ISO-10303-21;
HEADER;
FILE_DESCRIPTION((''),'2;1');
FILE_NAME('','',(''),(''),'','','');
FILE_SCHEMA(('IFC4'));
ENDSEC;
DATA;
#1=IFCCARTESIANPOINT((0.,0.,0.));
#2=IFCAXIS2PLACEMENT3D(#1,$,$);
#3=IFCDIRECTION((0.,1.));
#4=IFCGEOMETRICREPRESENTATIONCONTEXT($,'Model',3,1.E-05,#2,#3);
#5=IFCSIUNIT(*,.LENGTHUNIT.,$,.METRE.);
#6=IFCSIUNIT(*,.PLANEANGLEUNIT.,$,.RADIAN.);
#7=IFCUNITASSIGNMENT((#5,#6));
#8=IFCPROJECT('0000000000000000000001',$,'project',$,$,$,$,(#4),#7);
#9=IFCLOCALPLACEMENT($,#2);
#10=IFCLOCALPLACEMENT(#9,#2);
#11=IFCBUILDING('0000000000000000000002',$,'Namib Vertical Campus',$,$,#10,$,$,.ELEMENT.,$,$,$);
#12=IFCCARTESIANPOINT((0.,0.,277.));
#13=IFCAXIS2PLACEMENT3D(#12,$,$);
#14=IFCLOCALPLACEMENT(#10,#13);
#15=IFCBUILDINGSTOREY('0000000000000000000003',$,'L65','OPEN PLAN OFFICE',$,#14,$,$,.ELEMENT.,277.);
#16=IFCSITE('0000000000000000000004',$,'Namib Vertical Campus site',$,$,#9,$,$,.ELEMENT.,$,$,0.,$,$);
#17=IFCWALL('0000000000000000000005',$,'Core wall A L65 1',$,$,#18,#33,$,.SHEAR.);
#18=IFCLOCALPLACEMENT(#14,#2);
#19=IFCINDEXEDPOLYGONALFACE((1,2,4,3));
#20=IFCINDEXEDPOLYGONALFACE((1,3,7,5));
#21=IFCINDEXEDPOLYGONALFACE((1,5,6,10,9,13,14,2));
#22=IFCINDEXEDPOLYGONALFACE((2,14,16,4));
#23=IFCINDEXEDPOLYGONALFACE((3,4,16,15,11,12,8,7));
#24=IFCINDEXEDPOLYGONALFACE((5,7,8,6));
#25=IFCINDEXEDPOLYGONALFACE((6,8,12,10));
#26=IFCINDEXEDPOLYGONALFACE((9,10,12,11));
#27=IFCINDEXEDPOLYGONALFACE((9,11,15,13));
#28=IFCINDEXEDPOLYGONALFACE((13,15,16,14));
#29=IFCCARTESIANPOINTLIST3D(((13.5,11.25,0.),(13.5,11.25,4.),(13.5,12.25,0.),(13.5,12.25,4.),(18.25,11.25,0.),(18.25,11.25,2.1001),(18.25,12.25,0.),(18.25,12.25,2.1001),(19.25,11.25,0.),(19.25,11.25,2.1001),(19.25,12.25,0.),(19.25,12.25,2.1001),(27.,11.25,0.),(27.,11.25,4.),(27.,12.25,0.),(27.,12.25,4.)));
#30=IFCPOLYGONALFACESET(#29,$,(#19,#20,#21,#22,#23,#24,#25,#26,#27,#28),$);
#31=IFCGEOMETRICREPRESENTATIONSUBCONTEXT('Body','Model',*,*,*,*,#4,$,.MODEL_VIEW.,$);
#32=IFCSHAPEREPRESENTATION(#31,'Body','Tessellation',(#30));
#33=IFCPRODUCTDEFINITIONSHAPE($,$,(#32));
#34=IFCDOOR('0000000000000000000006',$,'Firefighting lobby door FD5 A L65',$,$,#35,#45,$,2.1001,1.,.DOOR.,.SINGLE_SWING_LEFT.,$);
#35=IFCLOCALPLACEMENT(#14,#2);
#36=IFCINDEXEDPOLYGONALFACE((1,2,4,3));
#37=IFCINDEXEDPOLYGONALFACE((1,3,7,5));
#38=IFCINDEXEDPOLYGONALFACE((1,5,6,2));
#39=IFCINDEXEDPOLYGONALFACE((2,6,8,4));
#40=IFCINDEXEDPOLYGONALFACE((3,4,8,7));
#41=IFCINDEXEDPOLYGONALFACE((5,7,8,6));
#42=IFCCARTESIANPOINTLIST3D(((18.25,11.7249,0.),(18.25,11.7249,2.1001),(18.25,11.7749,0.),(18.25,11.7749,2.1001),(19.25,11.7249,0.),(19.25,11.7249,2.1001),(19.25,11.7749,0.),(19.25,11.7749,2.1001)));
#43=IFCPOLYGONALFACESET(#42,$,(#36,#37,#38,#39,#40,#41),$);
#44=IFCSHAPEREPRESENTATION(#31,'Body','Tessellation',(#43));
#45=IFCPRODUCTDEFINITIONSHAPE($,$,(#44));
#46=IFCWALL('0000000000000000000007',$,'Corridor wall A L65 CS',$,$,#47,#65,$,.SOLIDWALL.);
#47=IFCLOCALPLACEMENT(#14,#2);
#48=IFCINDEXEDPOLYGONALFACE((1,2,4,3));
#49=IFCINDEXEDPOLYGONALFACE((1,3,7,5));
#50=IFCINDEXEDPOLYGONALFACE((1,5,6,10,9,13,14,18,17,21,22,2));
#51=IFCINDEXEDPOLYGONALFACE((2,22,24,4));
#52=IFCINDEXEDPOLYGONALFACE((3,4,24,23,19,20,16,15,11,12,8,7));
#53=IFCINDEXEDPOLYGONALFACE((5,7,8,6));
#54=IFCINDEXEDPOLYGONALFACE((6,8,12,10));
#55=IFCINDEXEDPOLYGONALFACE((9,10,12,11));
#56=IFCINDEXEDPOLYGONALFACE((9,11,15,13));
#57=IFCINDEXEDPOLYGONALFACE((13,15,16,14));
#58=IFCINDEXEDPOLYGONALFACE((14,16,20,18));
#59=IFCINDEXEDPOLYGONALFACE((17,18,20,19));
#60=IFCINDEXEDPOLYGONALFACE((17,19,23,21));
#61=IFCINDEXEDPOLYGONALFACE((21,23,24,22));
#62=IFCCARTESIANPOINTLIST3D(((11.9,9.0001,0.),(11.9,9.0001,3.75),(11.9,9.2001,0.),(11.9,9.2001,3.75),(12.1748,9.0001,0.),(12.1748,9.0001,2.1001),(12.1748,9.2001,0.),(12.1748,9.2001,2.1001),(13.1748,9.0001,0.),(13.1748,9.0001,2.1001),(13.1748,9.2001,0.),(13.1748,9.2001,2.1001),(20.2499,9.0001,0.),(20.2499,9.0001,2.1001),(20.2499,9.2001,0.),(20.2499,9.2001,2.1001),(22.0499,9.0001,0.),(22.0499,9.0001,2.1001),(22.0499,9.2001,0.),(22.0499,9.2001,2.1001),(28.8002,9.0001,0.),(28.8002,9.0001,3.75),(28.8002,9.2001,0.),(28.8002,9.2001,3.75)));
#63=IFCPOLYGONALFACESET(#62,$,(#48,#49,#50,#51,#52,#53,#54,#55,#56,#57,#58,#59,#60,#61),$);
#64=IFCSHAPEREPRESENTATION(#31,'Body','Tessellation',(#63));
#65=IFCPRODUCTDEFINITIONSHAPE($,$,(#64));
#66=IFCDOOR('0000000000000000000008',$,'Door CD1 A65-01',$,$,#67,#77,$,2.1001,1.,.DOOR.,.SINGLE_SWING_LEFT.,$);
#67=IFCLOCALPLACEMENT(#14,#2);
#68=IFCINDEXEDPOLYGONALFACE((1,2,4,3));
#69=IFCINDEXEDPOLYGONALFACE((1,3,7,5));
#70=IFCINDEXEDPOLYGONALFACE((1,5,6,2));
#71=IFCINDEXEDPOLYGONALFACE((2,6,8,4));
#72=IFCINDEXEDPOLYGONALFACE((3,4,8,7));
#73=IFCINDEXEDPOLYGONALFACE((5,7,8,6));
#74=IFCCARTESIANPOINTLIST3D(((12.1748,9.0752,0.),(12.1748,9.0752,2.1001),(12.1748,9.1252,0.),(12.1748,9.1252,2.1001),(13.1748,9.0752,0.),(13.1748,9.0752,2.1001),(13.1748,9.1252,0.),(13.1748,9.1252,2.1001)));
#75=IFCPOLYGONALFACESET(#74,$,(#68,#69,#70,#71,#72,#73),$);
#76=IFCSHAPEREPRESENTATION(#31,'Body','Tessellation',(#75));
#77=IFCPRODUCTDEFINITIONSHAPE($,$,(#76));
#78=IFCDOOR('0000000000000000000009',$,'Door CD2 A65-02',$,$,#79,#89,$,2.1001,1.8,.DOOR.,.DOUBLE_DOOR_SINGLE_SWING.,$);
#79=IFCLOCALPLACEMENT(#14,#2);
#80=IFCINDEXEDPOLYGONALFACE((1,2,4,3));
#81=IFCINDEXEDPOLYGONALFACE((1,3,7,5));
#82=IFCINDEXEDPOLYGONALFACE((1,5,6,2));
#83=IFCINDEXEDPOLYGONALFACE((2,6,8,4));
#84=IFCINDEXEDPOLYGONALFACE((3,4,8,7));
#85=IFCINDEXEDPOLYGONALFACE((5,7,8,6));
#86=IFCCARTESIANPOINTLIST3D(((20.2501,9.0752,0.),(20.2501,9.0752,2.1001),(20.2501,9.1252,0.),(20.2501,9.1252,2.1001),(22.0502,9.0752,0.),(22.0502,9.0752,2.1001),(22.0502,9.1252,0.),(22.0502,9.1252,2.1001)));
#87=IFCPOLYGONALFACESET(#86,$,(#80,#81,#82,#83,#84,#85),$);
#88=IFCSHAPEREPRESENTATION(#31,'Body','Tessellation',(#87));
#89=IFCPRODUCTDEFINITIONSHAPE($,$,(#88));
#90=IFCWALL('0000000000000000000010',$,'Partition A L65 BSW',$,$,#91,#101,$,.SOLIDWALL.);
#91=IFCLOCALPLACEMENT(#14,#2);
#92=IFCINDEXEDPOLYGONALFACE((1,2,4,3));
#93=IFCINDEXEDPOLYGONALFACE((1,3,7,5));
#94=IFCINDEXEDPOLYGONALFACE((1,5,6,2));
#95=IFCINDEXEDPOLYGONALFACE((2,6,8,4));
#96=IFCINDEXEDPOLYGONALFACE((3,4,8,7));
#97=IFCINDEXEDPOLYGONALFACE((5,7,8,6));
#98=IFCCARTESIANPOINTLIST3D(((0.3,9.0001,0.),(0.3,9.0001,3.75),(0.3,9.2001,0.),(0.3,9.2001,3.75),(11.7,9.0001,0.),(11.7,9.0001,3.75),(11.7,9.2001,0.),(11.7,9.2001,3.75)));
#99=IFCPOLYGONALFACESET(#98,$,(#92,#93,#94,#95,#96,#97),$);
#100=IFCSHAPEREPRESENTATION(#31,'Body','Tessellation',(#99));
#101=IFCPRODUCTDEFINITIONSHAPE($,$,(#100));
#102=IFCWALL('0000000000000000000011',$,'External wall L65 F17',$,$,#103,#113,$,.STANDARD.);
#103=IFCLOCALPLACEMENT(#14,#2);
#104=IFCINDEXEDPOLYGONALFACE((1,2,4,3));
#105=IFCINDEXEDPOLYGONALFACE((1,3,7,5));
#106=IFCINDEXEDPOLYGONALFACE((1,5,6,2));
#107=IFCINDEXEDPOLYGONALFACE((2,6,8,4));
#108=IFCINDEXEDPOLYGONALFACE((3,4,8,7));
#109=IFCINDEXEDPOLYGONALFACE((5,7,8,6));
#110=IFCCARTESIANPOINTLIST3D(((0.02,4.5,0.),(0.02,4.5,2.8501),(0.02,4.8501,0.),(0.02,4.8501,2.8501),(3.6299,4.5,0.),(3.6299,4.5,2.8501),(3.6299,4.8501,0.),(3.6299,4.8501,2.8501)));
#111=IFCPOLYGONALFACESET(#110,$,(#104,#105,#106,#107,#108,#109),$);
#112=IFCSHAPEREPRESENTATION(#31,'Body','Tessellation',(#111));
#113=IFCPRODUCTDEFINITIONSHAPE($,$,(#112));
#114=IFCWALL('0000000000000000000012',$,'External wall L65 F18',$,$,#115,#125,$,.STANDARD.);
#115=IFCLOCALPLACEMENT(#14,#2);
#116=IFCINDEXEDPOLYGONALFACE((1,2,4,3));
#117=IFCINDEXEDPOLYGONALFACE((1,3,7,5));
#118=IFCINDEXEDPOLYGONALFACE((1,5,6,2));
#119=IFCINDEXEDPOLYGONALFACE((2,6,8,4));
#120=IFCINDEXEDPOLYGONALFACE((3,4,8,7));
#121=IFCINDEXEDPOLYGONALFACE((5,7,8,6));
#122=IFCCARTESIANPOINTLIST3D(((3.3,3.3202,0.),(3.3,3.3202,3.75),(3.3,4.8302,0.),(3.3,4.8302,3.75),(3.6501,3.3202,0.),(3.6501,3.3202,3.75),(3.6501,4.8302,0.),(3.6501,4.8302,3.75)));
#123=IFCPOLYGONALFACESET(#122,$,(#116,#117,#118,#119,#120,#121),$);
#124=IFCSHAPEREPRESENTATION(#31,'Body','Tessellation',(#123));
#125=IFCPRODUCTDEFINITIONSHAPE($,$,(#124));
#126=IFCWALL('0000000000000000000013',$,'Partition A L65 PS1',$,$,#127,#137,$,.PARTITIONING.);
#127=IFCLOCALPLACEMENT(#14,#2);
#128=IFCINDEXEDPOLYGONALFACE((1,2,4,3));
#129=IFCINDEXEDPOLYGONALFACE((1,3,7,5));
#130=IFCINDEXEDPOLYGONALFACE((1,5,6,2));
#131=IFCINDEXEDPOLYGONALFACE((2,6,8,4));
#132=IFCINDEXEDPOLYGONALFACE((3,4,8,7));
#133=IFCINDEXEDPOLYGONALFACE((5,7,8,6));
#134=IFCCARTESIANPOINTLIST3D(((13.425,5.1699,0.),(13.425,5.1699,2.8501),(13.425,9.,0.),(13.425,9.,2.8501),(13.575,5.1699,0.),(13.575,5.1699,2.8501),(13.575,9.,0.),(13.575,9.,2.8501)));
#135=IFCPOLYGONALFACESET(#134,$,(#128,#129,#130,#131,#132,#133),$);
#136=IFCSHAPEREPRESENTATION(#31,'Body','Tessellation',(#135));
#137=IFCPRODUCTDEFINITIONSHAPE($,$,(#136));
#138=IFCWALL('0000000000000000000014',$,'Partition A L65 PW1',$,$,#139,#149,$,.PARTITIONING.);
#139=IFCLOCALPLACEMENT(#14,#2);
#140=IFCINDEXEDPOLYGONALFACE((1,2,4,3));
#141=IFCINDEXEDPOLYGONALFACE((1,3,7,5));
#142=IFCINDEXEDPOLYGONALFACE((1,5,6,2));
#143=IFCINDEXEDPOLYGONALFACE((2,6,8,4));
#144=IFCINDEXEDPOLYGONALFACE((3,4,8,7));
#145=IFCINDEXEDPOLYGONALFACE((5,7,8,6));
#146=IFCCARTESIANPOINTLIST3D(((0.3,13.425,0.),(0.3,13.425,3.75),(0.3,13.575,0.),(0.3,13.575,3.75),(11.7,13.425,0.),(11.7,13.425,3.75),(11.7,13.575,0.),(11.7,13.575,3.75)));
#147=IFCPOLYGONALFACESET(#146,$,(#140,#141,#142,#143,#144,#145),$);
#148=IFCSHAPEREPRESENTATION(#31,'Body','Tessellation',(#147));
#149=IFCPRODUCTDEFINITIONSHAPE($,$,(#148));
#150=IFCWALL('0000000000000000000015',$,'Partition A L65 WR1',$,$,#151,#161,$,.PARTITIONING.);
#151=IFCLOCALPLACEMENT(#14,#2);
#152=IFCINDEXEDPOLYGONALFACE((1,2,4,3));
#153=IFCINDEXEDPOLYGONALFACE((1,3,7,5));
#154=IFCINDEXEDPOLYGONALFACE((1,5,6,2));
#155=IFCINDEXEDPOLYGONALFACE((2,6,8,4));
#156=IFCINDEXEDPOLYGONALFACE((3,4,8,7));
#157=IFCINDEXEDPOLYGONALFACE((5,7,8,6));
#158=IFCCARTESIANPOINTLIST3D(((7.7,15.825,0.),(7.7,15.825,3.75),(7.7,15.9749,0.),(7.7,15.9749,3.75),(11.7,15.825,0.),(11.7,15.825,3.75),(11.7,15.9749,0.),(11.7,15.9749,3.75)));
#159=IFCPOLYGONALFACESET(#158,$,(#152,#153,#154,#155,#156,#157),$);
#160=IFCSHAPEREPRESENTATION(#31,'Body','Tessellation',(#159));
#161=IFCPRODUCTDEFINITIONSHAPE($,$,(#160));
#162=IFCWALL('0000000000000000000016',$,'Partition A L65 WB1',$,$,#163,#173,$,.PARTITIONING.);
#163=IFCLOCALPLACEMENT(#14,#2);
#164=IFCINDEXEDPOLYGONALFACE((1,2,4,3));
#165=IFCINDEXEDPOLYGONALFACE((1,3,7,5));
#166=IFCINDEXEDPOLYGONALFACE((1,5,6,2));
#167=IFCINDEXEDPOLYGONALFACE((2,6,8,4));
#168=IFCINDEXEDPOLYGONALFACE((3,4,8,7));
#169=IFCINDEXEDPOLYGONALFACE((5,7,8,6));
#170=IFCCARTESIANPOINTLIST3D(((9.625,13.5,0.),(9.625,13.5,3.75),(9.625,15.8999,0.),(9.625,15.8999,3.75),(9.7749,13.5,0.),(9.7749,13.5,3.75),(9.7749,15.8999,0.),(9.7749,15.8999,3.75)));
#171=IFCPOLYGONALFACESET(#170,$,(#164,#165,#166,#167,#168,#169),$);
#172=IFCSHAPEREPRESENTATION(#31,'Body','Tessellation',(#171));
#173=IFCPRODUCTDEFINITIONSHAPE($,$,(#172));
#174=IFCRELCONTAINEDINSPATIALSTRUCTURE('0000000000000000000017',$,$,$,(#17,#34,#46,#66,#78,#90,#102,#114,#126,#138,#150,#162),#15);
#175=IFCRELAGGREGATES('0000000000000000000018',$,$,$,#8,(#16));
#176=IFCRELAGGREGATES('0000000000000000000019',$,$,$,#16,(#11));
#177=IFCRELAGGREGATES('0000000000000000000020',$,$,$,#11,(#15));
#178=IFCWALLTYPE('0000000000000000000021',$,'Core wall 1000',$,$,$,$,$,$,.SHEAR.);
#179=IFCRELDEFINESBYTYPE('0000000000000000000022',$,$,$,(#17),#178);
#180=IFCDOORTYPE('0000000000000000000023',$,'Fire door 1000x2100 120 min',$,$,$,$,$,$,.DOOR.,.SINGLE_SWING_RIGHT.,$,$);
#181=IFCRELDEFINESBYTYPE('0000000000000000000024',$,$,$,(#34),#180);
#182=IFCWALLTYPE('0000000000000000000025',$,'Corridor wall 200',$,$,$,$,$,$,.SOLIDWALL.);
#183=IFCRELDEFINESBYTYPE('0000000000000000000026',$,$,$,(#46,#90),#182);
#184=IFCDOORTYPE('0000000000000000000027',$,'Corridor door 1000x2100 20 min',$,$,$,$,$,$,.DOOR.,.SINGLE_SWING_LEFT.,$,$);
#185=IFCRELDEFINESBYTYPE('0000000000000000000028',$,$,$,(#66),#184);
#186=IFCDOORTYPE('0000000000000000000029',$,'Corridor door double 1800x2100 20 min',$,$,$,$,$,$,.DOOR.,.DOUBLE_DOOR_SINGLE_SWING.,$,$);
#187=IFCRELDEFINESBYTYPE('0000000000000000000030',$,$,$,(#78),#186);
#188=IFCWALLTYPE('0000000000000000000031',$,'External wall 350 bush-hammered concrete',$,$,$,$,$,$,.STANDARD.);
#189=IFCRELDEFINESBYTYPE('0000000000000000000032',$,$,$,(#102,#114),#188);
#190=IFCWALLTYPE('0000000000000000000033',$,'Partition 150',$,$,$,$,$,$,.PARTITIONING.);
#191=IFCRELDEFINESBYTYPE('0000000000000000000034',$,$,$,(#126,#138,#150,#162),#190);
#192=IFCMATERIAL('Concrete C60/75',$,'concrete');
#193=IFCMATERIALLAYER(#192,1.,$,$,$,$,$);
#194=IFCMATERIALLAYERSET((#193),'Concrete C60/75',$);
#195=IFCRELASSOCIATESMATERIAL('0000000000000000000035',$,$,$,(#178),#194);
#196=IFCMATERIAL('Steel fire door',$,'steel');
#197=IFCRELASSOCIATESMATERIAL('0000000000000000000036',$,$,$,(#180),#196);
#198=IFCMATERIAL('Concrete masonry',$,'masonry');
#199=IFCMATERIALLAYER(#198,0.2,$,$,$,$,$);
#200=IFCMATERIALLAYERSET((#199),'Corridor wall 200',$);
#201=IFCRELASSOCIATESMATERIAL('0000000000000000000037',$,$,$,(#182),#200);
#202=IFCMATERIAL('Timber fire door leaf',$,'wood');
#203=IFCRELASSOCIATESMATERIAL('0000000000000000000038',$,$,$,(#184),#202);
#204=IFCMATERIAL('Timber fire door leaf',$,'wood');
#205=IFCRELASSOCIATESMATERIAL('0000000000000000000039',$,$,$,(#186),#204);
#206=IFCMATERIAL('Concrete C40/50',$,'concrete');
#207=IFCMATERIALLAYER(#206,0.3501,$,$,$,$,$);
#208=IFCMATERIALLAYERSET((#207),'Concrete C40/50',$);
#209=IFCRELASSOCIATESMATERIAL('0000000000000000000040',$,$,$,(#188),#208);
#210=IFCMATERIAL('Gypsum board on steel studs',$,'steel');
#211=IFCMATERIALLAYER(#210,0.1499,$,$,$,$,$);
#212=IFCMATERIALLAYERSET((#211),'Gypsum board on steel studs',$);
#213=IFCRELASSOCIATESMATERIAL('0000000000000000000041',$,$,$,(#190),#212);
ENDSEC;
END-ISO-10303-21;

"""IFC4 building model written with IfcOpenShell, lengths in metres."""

from ifc_helpers import new_model, si_unit, direction, frame, frame_2d, origin, place, context, subcontext, project, spatial, rectangle, extrude, material, layer, layer_set, type_object, element, fill, save


model = new_model("IFC4")

# Units and contexts
model_context = context("Model", 3, precision=1e-05, world=origin(), true_north=direction((0.0, 1.0)))
body_context = subcontext(model_context, "Body", "Model", "MODEL_VIEW")
ifc_project = project(units=[si_unit("LENGTHUNIT", "METRE"), si_unit("PLANEANGLEUNIT", "RADIAN")], contexts=[model_context])

# Site, building, storey
site_placement = place(None, origin())
site = spatial("IfcSite", under=ifc_project, at=site_placement, Name="Namib Vertical Campus site", CompositionType="ELEMENT", RefElevation=0.0)
building_placement = place(site_placement, origin())
building = spatial("IfcBuilding", under=site, at=building_placement, Name="Namib Vertical Campus", CompositionType="ELEMENT")
storey_placement = place(building_placement, frame((0.0, 0.0, 277.0)))
storey = spatial("IfcBuildingStorey", under=building, at=storey_placement, Name="L65", Description="OPEN PLAN OFFICE", CompositionType="ELEMENT", Elevation=277.0)

# Wall, opening, door
ifc_material_1 = material(Name="Concrete C60/75", Category="concrete")
ifc_layer_1 = layer(ifc_material_1, 1.0)
ifc_layer_set_1 = layer_set([ifc_layer_1], Name="Concrete C60/75")
wall_type_1 = type_object("IfcWallType", Name="Core wall 1000", PredefinedType="SHEAR", material=ifc_layer_set_1)
wall_1_placement = place(storey_placement, frame((13.5, 11.75, 0.0), z_axis=(0.0, 0.0, 1.0), x_axis=(1.0, 0.0, 0.0)))
wall_1 = element("IfcWall", 1, at=wall_1_placement, inside=storey, type_object=wall_type_1, Name="Core wall A L65 1", PredefinedType="SHEAR", context=body_context, shape_type="SweptSolid", body=[
    extrude(rectangle(XDim=13.5, YDim=1.0, at=frame_2d((6.75, 0.0))), origin(), (0.0, 0.0, 1.0), 4.0),
])
opening_1_placement = place(wall_1_placement, frame((4.75, 0.0, 0.0)))
opening_1 = element("IfcOpeningElement", 2, at=opening_1_placement, cuts=wall_1, PredefinedType="OPENING", context=body_context, shape_type="SweptSolid", body=[
    extrude(rectangle(XDim=1.0, YDim=2.1001, at=frame_2d((0.5, 1.05))), frame((0.0, 0.51, 0.0), z_axis=(0.0, -1.0, 0.0), x_axis=(1.0, 0.0, 0.0)), (0.0, 0.0, 1.0), 1.02),
])
ifc_material_2 = material(Name="Steel fire door", Category="steel")
door_type_1 = type_object("IfcDoorType", Name="Fire door 1000x2100 120 min", OperationType="SINGLE_SWING_RIGHT", PredefinedType="DOOR", material=ifc_material_2)
door_1_placement = place(opening_1_placement, origin())
door_1 = element("IfcDoor", 3, at=door_1_placement, inside=storey, type_object=door_type_1, Name="Firefighting lobby door FD5 A L65", OperationType="SINGLE_SWING_LEFT", OverallHeight=2.1001, OverallWidth=1.0, PredefinedType="DOOR", context=body_context, shape_type="SweptSolid", body=[
    extrude(rectangle(XDim=1.0, YDim=2.1001, at=frame_2d((0.5, 1.05))), frame((0.0, 0.0249, 0.0), z_axis=(0.0, -1.0, 0.0), x_axis=(1.0, 0.0, 0.0)), (0.0, 0.0, 1.0), 0.05),
])
fill(opening_1, door_1)

# Wall, openings, doors
ifc_material_3 = material(Name="Concrete masonry", Category="masonry")
ifc_layer_2 = layer(ifc_material_3, 0.2)
ifc_layer_set_2 = layer_set([ifc_layer_2], Name="Corridor wall 200")
wall_type_2 = type_object("IfcWallType", Name="Corridor wall 200", PredefinedType="SOLIDWALL", material=ifc_layer_set_2)
wall_2_placement = place(storey_placement, frame((11.8999, 9.1001, 0.0), z_axis=(0.0, 0.0, 1.0), x_axis=(1.0, 0.0, 0.0)))
wall_2 = element("IfcWall", 4, at=wall_2_placement, inside=storey, type_object=wall_type_2, Name="Corridor wall A L65 CS", PredefinedType="SOLIDWALL", context=body_context, shape_type="SweptSolid", body=[
    extrude(rectangle(XDim=16.9001, YDim=0.2, at=frame_2d((8.4502, 0.0))), origin(), (0.0, 0.0, 1.0), 3.75),
])
opening_2_placement = place(wall_2_placement, frame((0.2749, 0.0, 0.0)))
opening_2 = element("IfcOpeningElement", 5, at=opening_2_placement, cuts=wall_2, PredefinedType="OPENING", context=body_context, shape_type="SweptSolid", body=[
    extrude(rectangle(XDim=1.0, YDim=2.1001, at=frame_2d((0.5, 1.05))), frame((0.0, 0.1099, 0.0), z_axis=(0.0, -1.0, 0.0), x_axis=(1.0, 0.0, 0.0)), (0.0, 0.0, 1.0), 0.22),
])
opening_3_placement = place(wall_2_placement, frame((8.3501, 0.0, 0.0)))
opening_3 = element("IfcOpeningElement", 6, at=opening_3_placement, cuts=wall_2, PredefinedType="OPENING", context=body_context, shape_type="SweptSolid", body=[
    extrude(rectangle(XDim=1.8, YDim=2.1001, at=frame_2d((0.8999, 1.05))), frame((0.0, 0.1099, 0.0), z_axis=(0.0, -1.0, 0.0), x_axis=(1.0, 0.0, 0.0)), (0.0, 0.0, 1.0), 0.22),
])
ifc_material_4 = material(Name="Timber fire door leaf", Category="wood")
door_type_2 = type_object("IfcDoorType", Name="Corridor door 1000x2100 20 min", OperationType="SINGLE_SWING_LEFT", PredefinedType="DOOR", material=ifc_material_4)
door_2_placement = place(opening_2_placement, frame((1.0, 0.0, 0.0), z_axis=(0.0, 0.0, 1.0), x_axis=(-1.0, 0.0, 0.0)))
door_2 = element("IfcDoor", 7, at=door_2_placement, inside=storey, type_object=door_type_2, Name="Door CD1 A65-01", OperationType="SINGLE_SWING_LEFT", OverallHeight=2.1001, OverallWidth=1.0, PredefinedType="DOOR", context=body_context, shape_type="SweptSolid", body=[
    extrude(rectangle(XDim=1.0, YDim=2.1001, at=frame_2d((0.5, 1.05))), frame((0.0, 0.0249, 0.0), z_axis=(0.0, -1.0, 0.0), x_axis=(1.0, 0.0, 0.0)), (0.0, 0.0, 1.0), 0.05),
])
fill(opening_2, door_2)
ifc_material_5 = material(Name="Timber fire door leaf", Category="wood")
door_type_3 = type_object("IfcDoorType", Name="Corridor door double 1800x2100 20 min", OperationType="DOUBLE_DOOR_SINGLE_SWING", PredefinedType="DOOR", material=ifc_material_5)
door_3_placement = place(opening_3_placement, frame((1.8, 0.0, 0.0), z_axis=(0.0, 0.0, 1.0), x_axis=(-1.0, 0.0, 0.0)))
door_3 = element("IfcDoor", 8, at=door_3_placement, inside=storey, type_object=door_type_3, Name="Door CD2 A65-02", OperationType="DOUBLE_DOOR_SINGLE_SWING", OverallHeight=2.1001, OverallWidth=1.8, PredefinedType="DOOR", context=body_context, shape_type="SweptSolid", body=[
    extrude(rectangle(XDim=1.8, YDim=2.1001, at=frame_2d((0.8999, 1.05))), frame((0.0, 0.0249, 0.0), z_axis=(0.0, -1.0, 0.0), x_axis=(1.0, 0.0, 0.0)), (0.0, 0.0, 1.0), 0.05),
])
fill(opening_3, door_3)

# Walls
wall_3_placement = place(storey_placement, frame((0.3, 9.1001, 0.0), z_axis=(0.0, 0.0, 1.0), x_axis=(1.0, 0.0, 0.0)))
element("IfcWall", 9, at=wall_3_placement, inside=storey, type_object=wall_type_2, Name="Partition A L65 BSW", PredefinedType="SOLIDWALL", context=body_context, shape_type="SweptSolid", body=[
    extrude(rectangle(XDim=11.3999, YDim=0.2, at=frame_2d((5.7, 0.0))), origin(), (0.0, 0.0, 1.0), 3.75),
])
ifc_material_6 = material(Name="Concrete C40/50", Category="concrete")
ifc_layer_3 = layer(ifc_material_6, 0.3501)
ifc_layer_set_3 = layer_set([ifc_layer_3], Name="Concrete C40/50")
wall_type_3 = type_object("IfcWallType", Name="External wall 350 bush-hammered concrete", PredefinedType="STANDARD", material=ifc_layer_set_3)
wall_4_placement = place(storey_placement, frame((0.02, 4.675, 0.0), z_axis=(0.0, 0.0, 1.0), x_axis=(1.0, 0.0, 0.0)))
element("IfcWall", 10, at=wall_4_placement, inside=storey, type_object=wall_type_3, Name="External wall L65 F17", PredefinedType="STANDARD", context=body_context, shape_type="SweptSolid", body=[
    extrude(rectangle(XDim=3.6099, YDim=0.3501, at=frame_2d((1.8049, 0.0))), origin(), (0.0, 0.0, 1.0), 2.8501),
])
wall_5_placement = place(storey_placement, frame((3.4751, 4.8301, 0.0), z_axis=(0.0, 0.0, 1.0), x_axis=(0.0, -1.0, 0.0)))
element("IfcWall", 11, at=wall_5_placement, inside=storey, type_object=wall_type_3, Name="External wall L65 F18", PredefinedType="STANDARD", context=body_context, shape_type="SweptSolid", body=[
    extrude(rectangle(XDim=1.51, YDim=0.3501, at=frame_2d((0.7549, 0.0))), origin(), (0.0, 0.0, 1.0), 3.75),
])
ifc_material_7 = material(Name="Gypsum board on steel studs", Category="steel")
ifc_layer_4 = layer(ifc_material_7, 0.1499)
ifc_layer_set_4 = layer_set([ifc_layer_4], Name="Gypsum board on steel studs")
wall_type_4 = type_object("IfcWallType", Name="Partition 150", PredefinedType="PARTITIONING", material=ifc_layer_set_4)
wall_6_placement = place(storey_placement, frame((13.5, 5.1699, 0.0), z_axis=(0.0, 0.0, 1.0), x_axis=(0.0, 1.0, 0.0)))
element("IfcWall", 12, at=wall_6_placement, inside=storey, type_object=wall_type_4, Name="Partition A L65 PS1", PredefinedType="PARTITIONING", context=body_context, shape_type="SweptSolid", body=[
    extrude(rectangle(XDim=3.8301, YDim=0.1499, at=frame_2d((1.915, 0.0))), origin(), (0.0, 0.0, 1.0), 2.8501),
])
wall_7_placement = place(storey_placement, frame((0.3, 13.5, 0.0), z_axis=(0.0, 0.0, 1.0), x_axis=(1.0, 0.0, 0.0)))
element("IfcWall", 13, at=wall_7_placement, inside=storey, type_object=wall_type_4, Name="Partition A L65 PW1", PredefinedType="PARTITIONING", context=body_context, shape_type="SweptSolid", body=[
    extrude(rectangle(XDim=11.3999, YDim=0.1499, at=frame_2d((5.7, 0.0))), origin(), (0.0, 0.0, 1.0), 3.75),
])
wall_8_placement = place(storey_placement, frame((11.7, 15.8999, 0.0), z_axis=(0.0, 0.0, 1.0), x_axis=(-1.0, 0.0, 0.0)))
element("IfcWall", 14, at=wall_8_placement, inside=storey, type_object=wall_type_4, Name="Partition A L65 WR1", PredefinedType="PARTITIONING", context=body_context, shape_type="SweptSolid", body=[
    extrude(rectangle(XDim=4.0, YDim=0.1499, at=frame_2d((2.0, 0.0))), origin(), (0.0, 0.0, 1.0), 3.75),
])
wall_9_placement = place(storey_placement, frame((9.7, 13.5, 0.0), z_axis=(0.0, 0.0, 1.0), x_axis=(0.0, 1.0, 0.0)))
element("IfcWall", 15, at=wall_9_placement, inside=storey, type_object=wall_type_4, Name="Partition A L65 WB1", PredefinedType="PARTITIONING", context=body_context, shape_type="SweptSolid", body=[
    extrude(rectangle(XDim=2.3999, YDim=0.1499, at=frame_2d((1.2, 0.0))), origin(), (0.0, 0.0, 1.0), 3.75),
])

save(model, "model.ifc")
